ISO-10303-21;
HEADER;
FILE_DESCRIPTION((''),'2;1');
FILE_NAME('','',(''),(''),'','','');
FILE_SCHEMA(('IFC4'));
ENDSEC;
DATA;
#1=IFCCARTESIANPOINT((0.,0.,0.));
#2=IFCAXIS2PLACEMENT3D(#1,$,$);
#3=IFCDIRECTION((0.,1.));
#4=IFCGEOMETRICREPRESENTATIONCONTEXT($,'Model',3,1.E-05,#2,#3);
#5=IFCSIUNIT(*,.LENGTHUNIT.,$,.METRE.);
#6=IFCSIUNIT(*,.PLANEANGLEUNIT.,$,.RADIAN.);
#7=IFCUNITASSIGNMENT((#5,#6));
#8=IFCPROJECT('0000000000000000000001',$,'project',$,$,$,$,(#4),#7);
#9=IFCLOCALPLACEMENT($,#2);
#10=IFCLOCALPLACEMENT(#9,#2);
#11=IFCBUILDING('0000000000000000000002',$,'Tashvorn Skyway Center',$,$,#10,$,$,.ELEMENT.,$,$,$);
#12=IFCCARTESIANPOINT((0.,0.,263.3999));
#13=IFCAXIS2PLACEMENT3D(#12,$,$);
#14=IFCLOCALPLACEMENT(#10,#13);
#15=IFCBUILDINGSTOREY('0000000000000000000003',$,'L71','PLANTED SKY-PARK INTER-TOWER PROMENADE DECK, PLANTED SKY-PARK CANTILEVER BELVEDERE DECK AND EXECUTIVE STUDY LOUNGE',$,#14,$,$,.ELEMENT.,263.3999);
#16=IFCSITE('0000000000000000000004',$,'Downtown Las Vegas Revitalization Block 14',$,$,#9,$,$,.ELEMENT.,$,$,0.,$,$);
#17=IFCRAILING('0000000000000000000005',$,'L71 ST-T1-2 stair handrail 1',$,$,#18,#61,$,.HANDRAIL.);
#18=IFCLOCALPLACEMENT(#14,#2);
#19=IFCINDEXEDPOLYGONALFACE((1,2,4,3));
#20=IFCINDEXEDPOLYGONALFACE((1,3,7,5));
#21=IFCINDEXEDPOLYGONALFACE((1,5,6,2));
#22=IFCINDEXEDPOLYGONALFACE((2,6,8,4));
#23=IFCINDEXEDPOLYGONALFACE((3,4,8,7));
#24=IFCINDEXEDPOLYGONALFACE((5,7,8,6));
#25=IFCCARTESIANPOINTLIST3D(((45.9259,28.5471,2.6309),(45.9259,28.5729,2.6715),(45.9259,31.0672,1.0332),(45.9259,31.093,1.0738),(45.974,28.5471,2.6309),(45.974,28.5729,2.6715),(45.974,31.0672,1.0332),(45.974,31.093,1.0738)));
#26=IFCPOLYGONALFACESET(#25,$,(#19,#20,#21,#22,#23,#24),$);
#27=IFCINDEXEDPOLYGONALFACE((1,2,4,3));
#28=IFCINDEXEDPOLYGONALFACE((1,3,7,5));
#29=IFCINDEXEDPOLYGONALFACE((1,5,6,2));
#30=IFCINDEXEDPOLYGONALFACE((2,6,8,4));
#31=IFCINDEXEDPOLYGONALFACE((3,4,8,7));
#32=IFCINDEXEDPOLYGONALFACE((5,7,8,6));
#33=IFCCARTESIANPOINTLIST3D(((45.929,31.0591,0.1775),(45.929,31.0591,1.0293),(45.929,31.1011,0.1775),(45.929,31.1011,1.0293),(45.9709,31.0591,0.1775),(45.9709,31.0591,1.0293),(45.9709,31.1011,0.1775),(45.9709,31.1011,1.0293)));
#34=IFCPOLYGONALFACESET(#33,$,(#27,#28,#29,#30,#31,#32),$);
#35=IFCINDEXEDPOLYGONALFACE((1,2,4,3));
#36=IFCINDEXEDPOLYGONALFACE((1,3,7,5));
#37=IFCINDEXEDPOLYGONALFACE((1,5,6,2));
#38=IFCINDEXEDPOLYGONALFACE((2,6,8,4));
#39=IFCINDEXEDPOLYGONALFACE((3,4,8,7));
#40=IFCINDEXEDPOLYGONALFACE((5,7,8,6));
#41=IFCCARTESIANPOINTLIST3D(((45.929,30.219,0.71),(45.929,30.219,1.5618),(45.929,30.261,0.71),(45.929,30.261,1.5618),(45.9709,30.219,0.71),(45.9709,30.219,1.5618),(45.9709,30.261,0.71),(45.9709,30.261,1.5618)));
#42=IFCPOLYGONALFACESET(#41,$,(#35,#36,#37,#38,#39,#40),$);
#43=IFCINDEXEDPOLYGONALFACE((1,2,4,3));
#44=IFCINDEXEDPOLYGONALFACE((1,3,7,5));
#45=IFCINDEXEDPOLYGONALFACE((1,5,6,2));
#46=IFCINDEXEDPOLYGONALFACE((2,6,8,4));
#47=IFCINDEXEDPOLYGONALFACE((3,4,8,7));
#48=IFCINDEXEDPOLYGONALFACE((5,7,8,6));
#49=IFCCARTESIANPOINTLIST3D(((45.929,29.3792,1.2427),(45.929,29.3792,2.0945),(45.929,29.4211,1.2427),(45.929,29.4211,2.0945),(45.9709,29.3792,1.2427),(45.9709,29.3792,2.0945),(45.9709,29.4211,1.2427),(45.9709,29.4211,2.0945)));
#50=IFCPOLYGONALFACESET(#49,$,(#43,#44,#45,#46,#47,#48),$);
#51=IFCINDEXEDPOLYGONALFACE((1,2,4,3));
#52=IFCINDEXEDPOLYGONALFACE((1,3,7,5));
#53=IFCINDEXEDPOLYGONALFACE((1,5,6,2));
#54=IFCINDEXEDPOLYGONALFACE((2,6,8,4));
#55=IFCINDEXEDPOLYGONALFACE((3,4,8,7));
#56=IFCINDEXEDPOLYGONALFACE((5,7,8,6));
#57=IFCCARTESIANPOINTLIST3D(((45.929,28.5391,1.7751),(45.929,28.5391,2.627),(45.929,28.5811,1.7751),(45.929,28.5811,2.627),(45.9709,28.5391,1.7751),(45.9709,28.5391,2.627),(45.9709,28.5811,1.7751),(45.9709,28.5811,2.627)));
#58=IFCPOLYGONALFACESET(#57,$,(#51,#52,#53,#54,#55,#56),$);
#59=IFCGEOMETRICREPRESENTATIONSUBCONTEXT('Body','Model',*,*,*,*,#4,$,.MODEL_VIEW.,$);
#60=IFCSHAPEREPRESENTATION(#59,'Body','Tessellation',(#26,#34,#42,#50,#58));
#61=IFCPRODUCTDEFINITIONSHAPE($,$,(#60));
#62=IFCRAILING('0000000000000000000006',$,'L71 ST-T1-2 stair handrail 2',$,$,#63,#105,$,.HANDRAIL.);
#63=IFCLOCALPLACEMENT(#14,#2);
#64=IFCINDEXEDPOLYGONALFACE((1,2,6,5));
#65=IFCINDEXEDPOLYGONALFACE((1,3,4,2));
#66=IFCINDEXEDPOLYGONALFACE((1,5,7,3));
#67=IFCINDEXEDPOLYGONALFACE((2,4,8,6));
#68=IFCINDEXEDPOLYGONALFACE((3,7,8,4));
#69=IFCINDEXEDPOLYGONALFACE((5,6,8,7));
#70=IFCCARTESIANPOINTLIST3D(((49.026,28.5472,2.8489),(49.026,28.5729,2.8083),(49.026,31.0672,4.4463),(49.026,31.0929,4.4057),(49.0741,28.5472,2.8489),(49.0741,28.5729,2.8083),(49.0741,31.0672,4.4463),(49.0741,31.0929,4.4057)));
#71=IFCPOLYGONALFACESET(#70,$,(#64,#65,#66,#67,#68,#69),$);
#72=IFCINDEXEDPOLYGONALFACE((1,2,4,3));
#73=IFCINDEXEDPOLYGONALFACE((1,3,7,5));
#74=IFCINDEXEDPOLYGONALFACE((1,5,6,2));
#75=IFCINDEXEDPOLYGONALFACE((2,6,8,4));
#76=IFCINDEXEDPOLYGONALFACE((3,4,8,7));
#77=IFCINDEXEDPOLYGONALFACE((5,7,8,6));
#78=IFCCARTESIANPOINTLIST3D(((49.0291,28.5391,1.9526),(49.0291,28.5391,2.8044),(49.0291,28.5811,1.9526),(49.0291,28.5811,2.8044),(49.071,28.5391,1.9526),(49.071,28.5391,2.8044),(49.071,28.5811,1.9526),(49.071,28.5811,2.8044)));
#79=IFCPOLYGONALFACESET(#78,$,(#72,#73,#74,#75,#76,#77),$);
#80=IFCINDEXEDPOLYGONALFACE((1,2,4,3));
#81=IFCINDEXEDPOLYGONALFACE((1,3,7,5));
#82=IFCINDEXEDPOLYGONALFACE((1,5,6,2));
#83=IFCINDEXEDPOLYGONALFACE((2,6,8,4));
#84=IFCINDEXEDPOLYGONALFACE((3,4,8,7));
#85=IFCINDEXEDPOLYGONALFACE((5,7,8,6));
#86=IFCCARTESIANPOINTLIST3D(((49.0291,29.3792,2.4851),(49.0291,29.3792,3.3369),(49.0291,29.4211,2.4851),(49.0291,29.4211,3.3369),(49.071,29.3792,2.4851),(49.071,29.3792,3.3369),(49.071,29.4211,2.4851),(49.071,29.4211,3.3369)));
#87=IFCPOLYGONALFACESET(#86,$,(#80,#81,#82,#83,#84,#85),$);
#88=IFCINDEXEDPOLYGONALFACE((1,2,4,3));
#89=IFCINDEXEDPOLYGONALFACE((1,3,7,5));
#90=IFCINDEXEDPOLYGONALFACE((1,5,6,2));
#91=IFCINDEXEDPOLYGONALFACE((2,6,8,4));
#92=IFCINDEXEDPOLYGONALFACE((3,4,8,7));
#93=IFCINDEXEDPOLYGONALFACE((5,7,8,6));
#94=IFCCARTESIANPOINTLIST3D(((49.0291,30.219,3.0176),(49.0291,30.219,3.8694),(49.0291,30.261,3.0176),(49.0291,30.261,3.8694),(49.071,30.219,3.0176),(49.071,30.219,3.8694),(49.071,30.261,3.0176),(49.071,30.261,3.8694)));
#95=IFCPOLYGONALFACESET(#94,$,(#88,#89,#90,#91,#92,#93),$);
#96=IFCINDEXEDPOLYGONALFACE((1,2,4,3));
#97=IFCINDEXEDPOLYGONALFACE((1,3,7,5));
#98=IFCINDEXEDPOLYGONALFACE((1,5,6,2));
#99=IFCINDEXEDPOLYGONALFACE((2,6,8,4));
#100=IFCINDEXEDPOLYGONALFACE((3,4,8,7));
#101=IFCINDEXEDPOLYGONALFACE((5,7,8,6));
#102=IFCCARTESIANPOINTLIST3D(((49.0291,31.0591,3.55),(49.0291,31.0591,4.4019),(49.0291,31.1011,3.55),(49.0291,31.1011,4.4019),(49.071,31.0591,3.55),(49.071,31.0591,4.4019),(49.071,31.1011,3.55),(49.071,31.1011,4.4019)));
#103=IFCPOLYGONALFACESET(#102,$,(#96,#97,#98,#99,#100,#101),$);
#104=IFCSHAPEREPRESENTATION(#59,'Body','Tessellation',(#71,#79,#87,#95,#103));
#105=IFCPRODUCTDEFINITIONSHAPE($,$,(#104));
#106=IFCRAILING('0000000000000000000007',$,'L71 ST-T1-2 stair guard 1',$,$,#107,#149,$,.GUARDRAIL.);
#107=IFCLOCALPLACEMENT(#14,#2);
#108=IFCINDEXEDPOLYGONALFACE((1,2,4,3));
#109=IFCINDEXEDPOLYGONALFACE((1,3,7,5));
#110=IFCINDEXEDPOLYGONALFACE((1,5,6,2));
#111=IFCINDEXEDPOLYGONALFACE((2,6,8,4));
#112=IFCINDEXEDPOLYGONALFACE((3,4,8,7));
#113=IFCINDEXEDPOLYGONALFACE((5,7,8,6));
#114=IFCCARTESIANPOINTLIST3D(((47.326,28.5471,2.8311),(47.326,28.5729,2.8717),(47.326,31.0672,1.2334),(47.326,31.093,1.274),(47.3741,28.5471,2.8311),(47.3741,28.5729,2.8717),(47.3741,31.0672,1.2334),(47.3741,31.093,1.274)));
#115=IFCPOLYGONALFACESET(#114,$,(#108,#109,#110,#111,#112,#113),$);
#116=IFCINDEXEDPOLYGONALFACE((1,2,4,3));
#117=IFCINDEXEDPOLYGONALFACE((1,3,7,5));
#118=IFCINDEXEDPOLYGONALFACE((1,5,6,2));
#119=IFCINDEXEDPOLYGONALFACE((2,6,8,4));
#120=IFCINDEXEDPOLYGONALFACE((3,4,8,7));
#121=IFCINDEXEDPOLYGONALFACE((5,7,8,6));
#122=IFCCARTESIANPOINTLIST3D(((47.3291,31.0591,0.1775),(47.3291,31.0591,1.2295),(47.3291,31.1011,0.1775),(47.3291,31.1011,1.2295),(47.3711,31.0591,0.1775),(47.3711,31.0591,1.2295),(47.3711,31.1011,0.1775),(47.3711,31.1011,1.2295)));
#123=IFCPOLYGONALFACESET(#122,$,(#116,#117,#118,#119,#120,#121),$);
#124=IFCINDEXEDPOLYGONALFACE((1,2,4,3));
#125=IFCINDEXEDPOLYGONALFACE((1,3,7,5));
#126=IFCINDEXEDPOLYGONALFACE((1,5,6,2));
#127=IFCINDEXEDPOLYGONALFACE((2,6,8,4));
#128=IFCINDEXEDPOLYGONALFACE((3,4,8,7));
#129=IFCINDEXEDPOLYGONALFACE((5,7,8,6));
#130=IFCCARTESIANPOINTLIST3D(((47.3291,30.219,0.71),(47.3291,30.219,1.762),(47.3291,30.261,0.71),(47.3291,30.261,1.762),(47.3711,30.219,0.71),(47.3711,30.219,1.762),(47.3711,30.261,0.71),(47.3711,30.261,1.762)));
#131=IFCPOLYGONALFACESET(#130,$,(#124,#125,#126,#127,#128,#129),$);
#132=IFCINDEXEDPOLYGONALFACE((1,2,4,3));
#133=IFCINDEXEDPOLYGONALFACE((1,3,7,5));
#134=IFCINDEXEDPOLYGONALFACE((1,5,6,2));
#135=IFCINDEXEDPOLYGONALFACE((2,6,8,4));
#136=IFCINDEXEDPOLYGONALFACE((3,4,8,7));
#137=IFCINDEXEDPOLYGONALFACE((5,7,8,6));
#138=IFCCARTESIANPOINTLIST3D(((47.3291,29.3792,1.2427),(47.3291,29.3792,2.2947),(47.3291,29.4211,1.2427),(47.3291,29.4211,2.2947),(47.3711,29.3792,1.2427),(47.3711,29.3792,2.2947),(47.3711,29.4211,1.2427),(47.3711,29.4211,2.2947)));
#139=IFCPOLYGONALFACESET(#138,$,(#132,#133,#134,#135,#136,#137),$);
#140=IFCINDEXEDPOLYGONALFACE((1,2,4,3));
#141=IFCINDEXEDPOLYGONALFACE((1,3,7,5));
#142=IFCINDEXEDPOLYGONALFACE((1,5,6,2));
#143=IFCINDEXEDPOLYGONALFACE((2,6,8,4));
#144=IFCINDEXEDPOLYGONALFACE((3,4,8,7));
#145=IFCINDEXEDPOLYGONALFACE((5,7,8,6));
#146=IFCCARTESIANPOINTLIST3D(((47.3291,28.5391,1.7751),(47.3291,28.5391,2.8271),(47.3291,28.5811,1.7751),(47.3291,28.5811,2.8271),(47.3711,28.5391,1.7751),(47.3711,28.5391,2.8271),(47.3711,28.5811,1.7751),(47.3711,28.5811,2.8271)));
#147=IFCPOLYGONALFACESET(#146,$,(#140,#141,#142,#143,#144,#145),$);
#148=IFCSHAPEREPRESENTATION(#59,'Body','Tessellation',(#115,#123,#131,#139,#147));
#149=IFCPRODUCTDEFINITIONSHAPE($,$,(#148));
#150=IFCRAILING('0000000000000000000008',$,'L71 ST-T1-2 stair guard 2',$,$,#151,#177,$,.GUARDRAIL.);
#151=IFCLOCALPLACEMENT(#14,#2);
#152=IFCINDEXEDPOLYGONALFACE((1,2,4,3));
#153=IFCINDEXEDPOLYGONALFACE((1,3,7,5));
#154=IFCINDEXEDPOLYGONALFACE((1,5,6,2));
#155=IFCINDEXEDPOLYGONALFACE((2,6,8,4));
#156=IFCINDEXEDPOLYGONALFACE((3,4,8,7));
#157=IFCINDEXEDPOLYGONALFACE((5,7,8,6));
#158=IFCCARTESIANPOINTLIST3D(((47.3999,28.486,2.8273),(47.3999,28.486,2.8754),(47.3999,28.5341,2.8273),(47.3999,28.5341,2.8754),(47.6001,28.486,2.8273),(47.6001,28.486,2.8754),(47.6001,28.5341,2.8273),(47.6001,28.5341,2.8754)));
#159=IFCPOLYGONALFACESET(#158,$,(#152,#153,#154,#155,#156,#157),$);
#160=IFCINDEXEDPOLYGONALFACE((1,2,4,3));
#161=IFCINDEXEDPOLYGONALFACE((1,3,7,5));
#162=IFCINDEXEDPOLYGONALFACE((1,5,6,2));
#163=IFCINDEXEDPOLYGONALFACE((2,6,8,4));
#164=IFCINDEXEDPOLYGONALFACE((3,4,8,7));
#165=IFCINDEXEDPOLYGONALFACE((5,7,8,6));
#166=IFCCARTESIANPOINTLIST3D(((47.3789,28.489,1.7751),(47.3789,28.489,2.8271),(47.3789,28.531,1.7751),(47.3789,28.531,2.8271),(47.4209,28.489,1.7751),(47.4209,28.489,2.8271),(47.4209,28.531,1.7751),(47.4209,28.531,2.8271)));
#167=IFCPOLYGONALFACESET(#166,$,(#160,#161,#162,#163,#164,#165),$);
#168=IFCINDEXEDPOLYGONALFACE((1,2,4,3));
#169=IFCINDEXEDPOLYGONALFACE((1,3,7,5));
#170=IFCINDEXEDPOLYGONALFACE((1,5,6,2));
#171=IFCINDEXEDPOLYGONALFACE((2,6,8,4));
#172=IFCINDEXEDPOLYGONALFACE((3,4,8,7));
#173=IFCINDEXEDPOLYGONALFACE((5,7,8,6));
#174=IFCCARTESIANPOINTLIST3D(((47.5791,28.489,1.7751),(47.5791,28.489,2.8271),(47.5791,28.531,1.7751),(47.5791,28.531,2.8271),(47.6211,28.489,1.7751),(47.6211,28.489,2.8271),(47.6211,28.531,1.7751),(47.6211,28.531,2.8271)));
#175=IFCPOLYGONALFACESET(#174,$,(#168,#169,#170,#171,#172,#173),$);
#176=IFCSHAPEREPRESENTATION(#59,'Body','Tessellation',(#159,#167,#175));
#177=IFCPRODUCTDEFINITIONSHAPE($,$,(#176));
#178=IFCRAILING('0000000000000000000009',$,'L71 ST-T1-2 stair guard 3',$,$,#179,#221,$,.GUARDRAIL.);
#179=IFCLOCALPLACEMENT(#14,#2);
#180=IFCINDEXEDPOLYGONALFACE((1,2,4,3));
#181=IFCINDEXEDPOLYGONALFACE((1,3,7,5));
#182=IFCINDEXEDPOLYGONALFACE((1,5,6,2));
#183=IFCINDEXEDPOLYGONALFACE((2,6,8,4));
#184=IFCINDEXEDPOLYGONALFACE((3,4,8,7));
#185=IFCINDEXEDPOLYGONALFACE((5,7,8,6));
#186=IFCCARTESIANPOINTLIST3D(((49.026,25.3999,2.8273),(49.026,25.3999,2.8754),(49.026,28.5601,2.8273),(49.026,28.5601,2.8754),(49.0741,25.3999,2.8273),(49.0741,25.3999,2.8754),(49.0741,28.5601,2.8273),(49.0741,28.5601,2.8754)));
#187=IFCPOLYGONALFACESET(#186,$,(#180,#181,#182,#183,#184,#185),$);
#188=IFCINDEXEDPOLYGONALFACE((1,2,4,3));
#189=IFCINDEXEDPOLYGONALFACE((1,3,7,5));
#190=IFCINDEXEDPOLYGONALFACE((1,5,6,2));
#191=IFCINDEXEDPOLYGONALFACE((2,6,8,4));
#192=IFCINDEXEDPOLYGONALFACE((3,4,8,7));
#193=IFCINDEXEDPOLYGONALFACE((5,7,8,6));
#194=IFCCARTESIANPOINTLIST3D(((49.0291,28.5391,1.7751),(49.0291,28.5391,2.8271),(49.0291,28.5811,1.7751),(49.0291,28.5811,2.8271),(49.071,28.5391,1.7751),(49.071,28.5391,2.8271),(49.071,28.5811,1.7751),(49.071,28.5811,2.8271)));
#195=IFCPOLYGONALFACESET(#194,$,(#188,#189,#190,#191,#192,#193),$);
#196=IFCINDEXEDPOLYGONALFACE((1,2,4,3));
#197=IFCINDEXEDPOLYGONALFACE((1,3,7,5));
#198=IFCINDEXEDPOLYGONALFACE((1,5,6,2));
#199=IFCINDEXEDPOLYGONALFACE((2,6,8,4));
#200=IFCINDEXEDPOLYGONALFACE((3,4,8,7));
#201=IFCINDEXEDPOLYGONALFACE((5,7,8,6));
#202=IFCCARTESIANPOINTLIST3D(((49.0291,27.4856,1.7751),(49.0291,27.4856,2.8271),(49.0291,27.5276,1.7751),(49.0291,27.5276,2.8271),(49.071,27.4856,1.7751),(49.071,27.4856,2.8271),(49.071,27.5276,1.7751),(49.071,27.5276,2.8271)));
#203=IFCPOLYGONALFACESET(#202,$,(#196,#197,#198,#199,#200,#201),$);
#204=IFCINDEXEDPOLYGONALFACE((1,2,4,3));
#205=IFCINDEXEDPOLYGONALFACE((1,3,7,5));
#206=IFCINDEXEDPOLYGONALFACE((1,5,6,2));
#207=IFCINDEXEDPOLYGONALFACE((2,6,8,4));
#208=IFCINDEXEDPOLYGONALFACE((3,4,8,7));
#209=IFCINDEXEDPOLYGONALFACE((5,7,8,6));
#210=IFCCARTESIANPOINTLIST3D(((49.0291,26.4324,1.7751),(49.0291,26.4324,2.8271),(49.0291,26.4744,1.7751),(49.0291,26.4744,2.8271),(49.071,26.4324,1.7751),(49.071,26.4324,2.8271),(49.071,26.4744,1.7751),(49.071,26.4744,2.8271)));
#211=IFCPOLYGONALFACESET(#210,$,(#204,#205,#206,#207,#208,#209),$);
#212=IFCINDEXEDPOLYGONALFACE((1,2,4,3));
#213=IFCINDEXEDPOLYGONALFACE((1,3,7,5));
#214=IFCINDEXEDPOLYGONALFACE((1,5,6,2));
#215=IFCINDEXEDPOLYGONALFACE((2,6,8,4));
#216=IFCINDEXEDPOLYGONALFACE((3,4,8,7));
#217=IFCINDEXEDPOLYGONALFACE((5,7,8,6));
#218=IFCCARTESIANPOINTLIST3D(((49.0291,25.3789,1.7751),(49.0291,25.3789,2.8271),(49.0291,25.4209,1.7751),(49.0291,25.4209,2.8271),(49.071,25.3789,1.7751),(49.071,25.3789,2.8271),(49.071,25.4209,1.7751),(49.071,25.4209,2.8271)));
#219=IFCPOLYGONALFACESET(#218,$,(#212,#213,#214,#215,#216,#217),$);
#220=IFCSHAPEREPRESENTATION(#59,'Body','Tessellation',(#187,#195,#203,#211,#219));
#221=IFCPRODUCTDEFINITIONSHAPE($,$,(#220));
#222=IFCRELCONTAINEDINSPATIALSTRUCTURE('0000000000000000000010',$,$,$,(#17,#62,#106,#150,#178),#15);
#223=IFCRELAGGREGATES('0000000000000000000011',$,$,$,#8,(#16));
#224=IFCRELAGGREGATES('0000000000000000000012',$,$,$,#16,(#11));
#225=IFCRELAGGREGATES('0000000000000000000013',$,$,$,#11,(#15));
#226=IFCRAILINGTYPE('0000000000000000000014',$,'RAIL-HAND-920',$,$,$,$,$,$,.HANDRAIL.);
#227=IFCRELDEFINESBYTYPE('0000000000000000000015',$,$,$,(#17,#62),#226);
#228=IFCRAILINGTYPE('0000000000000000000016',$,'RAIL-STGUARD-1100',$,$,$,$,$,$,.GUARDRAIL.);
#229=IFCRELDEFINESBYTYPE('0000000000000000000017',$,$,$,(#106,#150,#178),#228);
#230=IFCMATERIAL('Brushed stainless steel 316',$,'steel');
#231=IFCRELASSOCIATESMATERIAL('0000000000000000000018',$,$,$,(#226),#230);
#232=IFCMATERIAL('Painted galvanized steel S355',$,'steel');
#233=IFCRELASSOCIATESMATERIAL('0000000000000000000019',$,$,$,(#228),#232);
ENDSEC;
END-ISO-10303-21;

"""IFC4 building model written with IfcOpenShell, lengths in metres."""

from ifc_helpers import new_model, si_unit, direction, frame, origin, origin_2d, place, context, subcontext, project, spatial, rectangle, extrude, material, type_object, element, save


model = new_model("IFC4")

# Units and contexts
model_context = context("Model", 3, precision=1e-05, world=origin(), true_north=direction((0.0, 1.0)))
body_context = subcontext(model_context, "Body", "Model", "MODEL_VIEW")
ifc_project = project(units=[si_unit("LENGTHUNIT", "METRE"), si_unit("PLANEANGLEUNIT", "RADIAN")], contexts=[model_context])

# Site, building, storey
site_placement = place(None, origin())
site = spatial("IfcSite", under=ifc_project, at=site_placement, Name="Downtown Las Vegas Revitalization Block 14", CompositionType="ELEMENT", RefElevation=0.0)
building_placement = place(site_placement, origin())
building = spatial("IfcBuilding", under=site, at=building_placement, Name="Tashvorn Skyway Center", CompositionType="ELEMENT")
storey_placement = place(building_placement, frame((0.0, 0.0, 263.3999)))
storey = spatial("IfcBuildingStorey", under=building, at=storey_placement, Name="L71", Description="PLANTED SKY-PARK INTER-TOWER PROMENADE DECK, PLANTED SKY-PARK CANTILEVER BELVEDERE DECK AND EXECUTIVE STUDY LOUNGE", CompositionType="ELEMENT", Elevation=263.3999)

# Railings
ifc_material_1 = material(Name="Brushed stainless steel 316", Category="steel")
railing_type_1 = type_object("IfcRailingType", Name="RAIL-HAND-920", PredefinedType="HANDRAIL", material=ifc_material_1)
railing_1_placement = place(storey_placement, frame((45.95, 31.0801, 0.1775)))
element("IfcRailing", 1, at=railing_1_placement, inside=storey, type_object=railing_type_1, Name="L71 ST-T1-2 stair handrail 1", PredefinedType="HANDRAIL", context=body_context, shape_type="SweptSolid", body=[
    extrude(rectangle(XDim=0.0481, YDim=0.0481, at=origin_2d()), frame((0.0, 0.0, 0.876), z_axis=(0.0, -0.84457, 0.535445), x_axis=(1.0, 0.0, 0.0)), (0.0, 0.0, 1.0), 2.9839),
    extrude(rectangle(XDim=0.042, YDim=0.042, at=origin_2d()), origin(), (0.0, 0.0, 1.0), 0.8518),
    extrude(rectangle(XDim=0.042, YDim=0.042, at=origin_2d()), frame((0.0, -0.8401, 0.5325)), (0.0, 0.0, 1.0), 0.8518),
    extrude(rectangle(XDim=0.042, YDim=0.042, at=origin_2d()), frame((0.0, -1.6799, 1.0652)), (0.0, 0.0, 1.0), 0.8518),
    extrude(rectangle(XDim=0.042, YDim=0.042, at=origin_2d()), frame((0.0, -2.52, 1.5977)), (0.0, 0.0, 1.0), 0.8518),
])
railing_2_placement = place(storey_placement, frame((49.05, 28.5601, 1.9526)))
element("IfcRailing", 2, at=railing_2_placement, inside=storey, type_object=railing_type_1, Name="L71 ST-T1-2 stair handrail 2", PredefinedType="HANDRAIL", context=body_context, shape_type="SweptSolid", body=[
    extrude(rectangle(XDim=0.0481, YDim=0.0481, at=origin_2d()), frame((0.0, 0.0, 0.876), z_axis=(0.0, 0.844607, 0.535387), x_axis=(-1.0, 0.0, 0.0)), (0.0, 0.0, 1.0), 2.9836),
    extrude(rectangle(XDim=0.042, YDim=0.042, at=origin_2d()), origin(), (0.0, 0.0, 1.0), 0.8518),
    extrude(rectangle(XDim=0.042, YDim=0.042, at=origin_2d()), frame((0.0, 0.8401, 0.5325)), (0.0, 0.0, 1.0), 0.8518),
    extrude(rectangle(XDim=0.042, YDim=0.042, at=origin_2d()), frame((0.0, 1.6799, 1.0649)), (0.0, 0.0, 1.0), 0.8518),
    extrude(rectangle(XDim=0.042, YDim=0.042, at=origin_2d()), frame((0.0, 2.52, 1.5974)), (0.0, 0.0, 1.0), 0.8518),
])
ifc_material_2 = material(Name="Painted galvanized steel S355", Category="steel")
railing_type_2 = type_object("IfcRailingType", Name="RAIL-STGUARD-1100", PredefinedType="GUARDRAIL", material=ifc_material_2)
railing_3_placement = place(storey_placement, frame((47.3501, 31.0801, 0.1775)))
element("IfcRailing", 3, at=railing_3_placement, inside=storey, type_object=railing_type_2, Name="L71 ST-T1-2 stair guard 1", PredefinedType="GUARDRAIL", context=body_context, shape_type="SweptSolid", body=[
    extrude(rectangle(XDim=0.0481, YDim=0.0481, at=origin_2d()), frame((0.0, 0.0, 1.0762), z_axis=(0.0, -0.84457, 0.535445), x_axis=(1.0, 0.0, 0.0)), (0.0, 0.0, 1.0), 2.9839),
    extrude(rectangle(XDim=0.042, YDim=0.042, at=origin_2d()), origin(), (0.0, 0.0, 1.0), 1.052),
    extrude(rectangle(XDim=0.042, YDim=0.042, at=origin_2d()), frame((0.0, -0.8401, 0.5325)), (0.0, 0.0, 1.0), 1.052),
    extrude(rectangle(XDim=0.042, YDim=0.042, at=origin_2d()), frame((0.0, -1.6799, 1.0652)), (0.0, 0.0, 1.0), 1.052),
    extrude(rectangle(XDim=0.042, YDim=0.042, at=origin_2d()), frame((0.0, -2.52, 1.5977)), (0.0, 0.0, 1.0), 1.052),
])
railing_4_placement = place(storey_placement, frame((47.3999, 28.51, 1.7751)))
element("IfcRailing", 4, at=railing_4_placement, inside=storey, type_object=railing_type_2, Name="L71 ST-T1-2 stair guard 2", PredefinedType="GUARDRAIL", context=body_context, shape_type="SweptSolid", body=[
    extrude(rectangle(XDim=0.0481, YDim=0.0481, at=origin_2d()), frame((0.0, 0.0, 1.0762), z_axis=(1.0, 0.0, 0.0), x_axis=(0.0, 1.0, 0.0)), (0.0, 0.0, 1.0), 0.2002),
    extrude(rectangle(XDim=0.042, YDim=0.042, at=origin_2d()), origin(), (0.0, 0.0, 1.0), 1.052),
    extrude(rectangle(XDim=0.042, YDim=0.042, at=origin_2d()), frame((0.2002, 0.0, 0.0)), (0.0, 0.0, 1.0), 1.052),
])
railing_5_placement = place(storey_placement, frame((49.05, 28.5601, 1.7751)))
element("IfcRailing", 5, at=railing_5_placement, inside=storey, type_object=railing_type_2, Name="L71 ST-T1-2 stair guard 3", PredefinedType="GUARDRAIL", context=body_context, shape_type="SweptSolid", body=[
    extrude(rectangle(XDim=0.0481, YDim=0.0481, at=origin_2d()), frame((0.0, 0.0, 1.0762), z_axis=(0.0, -1.0, 0.0), x_axis=(1.0, 0.0, 0.0)), (0.0, 0.0, 1.0), 3.1602),
    extrude(rectangle(XDim=0.042, YDim=0.042, at=origin_2d()), origin(), (0.0, 0.0, 1.0), 1.052),
    extrude(rectangle(XDim=0.042, YDim=0.042, at=origin_2d()), frame((0.0, -1.0535, 0.0)), (0.0, 0.0, 1.0), 1.052),
    extrude(rectangle(XDim=0.042, YDim=0.042, at=origin_2d()), frame((0.0, -2.1067, 0.0)), (0.0, 0.0, 1.0), 1.052),
    extrude(rectangle(XDim=0.042, YDim=0.042, at=origin_2d()), frame((0.0, -3.1602, 0.0)), (0.0, 0.0, 1.0), 1.052),
])

save(model, "model.ifc")
